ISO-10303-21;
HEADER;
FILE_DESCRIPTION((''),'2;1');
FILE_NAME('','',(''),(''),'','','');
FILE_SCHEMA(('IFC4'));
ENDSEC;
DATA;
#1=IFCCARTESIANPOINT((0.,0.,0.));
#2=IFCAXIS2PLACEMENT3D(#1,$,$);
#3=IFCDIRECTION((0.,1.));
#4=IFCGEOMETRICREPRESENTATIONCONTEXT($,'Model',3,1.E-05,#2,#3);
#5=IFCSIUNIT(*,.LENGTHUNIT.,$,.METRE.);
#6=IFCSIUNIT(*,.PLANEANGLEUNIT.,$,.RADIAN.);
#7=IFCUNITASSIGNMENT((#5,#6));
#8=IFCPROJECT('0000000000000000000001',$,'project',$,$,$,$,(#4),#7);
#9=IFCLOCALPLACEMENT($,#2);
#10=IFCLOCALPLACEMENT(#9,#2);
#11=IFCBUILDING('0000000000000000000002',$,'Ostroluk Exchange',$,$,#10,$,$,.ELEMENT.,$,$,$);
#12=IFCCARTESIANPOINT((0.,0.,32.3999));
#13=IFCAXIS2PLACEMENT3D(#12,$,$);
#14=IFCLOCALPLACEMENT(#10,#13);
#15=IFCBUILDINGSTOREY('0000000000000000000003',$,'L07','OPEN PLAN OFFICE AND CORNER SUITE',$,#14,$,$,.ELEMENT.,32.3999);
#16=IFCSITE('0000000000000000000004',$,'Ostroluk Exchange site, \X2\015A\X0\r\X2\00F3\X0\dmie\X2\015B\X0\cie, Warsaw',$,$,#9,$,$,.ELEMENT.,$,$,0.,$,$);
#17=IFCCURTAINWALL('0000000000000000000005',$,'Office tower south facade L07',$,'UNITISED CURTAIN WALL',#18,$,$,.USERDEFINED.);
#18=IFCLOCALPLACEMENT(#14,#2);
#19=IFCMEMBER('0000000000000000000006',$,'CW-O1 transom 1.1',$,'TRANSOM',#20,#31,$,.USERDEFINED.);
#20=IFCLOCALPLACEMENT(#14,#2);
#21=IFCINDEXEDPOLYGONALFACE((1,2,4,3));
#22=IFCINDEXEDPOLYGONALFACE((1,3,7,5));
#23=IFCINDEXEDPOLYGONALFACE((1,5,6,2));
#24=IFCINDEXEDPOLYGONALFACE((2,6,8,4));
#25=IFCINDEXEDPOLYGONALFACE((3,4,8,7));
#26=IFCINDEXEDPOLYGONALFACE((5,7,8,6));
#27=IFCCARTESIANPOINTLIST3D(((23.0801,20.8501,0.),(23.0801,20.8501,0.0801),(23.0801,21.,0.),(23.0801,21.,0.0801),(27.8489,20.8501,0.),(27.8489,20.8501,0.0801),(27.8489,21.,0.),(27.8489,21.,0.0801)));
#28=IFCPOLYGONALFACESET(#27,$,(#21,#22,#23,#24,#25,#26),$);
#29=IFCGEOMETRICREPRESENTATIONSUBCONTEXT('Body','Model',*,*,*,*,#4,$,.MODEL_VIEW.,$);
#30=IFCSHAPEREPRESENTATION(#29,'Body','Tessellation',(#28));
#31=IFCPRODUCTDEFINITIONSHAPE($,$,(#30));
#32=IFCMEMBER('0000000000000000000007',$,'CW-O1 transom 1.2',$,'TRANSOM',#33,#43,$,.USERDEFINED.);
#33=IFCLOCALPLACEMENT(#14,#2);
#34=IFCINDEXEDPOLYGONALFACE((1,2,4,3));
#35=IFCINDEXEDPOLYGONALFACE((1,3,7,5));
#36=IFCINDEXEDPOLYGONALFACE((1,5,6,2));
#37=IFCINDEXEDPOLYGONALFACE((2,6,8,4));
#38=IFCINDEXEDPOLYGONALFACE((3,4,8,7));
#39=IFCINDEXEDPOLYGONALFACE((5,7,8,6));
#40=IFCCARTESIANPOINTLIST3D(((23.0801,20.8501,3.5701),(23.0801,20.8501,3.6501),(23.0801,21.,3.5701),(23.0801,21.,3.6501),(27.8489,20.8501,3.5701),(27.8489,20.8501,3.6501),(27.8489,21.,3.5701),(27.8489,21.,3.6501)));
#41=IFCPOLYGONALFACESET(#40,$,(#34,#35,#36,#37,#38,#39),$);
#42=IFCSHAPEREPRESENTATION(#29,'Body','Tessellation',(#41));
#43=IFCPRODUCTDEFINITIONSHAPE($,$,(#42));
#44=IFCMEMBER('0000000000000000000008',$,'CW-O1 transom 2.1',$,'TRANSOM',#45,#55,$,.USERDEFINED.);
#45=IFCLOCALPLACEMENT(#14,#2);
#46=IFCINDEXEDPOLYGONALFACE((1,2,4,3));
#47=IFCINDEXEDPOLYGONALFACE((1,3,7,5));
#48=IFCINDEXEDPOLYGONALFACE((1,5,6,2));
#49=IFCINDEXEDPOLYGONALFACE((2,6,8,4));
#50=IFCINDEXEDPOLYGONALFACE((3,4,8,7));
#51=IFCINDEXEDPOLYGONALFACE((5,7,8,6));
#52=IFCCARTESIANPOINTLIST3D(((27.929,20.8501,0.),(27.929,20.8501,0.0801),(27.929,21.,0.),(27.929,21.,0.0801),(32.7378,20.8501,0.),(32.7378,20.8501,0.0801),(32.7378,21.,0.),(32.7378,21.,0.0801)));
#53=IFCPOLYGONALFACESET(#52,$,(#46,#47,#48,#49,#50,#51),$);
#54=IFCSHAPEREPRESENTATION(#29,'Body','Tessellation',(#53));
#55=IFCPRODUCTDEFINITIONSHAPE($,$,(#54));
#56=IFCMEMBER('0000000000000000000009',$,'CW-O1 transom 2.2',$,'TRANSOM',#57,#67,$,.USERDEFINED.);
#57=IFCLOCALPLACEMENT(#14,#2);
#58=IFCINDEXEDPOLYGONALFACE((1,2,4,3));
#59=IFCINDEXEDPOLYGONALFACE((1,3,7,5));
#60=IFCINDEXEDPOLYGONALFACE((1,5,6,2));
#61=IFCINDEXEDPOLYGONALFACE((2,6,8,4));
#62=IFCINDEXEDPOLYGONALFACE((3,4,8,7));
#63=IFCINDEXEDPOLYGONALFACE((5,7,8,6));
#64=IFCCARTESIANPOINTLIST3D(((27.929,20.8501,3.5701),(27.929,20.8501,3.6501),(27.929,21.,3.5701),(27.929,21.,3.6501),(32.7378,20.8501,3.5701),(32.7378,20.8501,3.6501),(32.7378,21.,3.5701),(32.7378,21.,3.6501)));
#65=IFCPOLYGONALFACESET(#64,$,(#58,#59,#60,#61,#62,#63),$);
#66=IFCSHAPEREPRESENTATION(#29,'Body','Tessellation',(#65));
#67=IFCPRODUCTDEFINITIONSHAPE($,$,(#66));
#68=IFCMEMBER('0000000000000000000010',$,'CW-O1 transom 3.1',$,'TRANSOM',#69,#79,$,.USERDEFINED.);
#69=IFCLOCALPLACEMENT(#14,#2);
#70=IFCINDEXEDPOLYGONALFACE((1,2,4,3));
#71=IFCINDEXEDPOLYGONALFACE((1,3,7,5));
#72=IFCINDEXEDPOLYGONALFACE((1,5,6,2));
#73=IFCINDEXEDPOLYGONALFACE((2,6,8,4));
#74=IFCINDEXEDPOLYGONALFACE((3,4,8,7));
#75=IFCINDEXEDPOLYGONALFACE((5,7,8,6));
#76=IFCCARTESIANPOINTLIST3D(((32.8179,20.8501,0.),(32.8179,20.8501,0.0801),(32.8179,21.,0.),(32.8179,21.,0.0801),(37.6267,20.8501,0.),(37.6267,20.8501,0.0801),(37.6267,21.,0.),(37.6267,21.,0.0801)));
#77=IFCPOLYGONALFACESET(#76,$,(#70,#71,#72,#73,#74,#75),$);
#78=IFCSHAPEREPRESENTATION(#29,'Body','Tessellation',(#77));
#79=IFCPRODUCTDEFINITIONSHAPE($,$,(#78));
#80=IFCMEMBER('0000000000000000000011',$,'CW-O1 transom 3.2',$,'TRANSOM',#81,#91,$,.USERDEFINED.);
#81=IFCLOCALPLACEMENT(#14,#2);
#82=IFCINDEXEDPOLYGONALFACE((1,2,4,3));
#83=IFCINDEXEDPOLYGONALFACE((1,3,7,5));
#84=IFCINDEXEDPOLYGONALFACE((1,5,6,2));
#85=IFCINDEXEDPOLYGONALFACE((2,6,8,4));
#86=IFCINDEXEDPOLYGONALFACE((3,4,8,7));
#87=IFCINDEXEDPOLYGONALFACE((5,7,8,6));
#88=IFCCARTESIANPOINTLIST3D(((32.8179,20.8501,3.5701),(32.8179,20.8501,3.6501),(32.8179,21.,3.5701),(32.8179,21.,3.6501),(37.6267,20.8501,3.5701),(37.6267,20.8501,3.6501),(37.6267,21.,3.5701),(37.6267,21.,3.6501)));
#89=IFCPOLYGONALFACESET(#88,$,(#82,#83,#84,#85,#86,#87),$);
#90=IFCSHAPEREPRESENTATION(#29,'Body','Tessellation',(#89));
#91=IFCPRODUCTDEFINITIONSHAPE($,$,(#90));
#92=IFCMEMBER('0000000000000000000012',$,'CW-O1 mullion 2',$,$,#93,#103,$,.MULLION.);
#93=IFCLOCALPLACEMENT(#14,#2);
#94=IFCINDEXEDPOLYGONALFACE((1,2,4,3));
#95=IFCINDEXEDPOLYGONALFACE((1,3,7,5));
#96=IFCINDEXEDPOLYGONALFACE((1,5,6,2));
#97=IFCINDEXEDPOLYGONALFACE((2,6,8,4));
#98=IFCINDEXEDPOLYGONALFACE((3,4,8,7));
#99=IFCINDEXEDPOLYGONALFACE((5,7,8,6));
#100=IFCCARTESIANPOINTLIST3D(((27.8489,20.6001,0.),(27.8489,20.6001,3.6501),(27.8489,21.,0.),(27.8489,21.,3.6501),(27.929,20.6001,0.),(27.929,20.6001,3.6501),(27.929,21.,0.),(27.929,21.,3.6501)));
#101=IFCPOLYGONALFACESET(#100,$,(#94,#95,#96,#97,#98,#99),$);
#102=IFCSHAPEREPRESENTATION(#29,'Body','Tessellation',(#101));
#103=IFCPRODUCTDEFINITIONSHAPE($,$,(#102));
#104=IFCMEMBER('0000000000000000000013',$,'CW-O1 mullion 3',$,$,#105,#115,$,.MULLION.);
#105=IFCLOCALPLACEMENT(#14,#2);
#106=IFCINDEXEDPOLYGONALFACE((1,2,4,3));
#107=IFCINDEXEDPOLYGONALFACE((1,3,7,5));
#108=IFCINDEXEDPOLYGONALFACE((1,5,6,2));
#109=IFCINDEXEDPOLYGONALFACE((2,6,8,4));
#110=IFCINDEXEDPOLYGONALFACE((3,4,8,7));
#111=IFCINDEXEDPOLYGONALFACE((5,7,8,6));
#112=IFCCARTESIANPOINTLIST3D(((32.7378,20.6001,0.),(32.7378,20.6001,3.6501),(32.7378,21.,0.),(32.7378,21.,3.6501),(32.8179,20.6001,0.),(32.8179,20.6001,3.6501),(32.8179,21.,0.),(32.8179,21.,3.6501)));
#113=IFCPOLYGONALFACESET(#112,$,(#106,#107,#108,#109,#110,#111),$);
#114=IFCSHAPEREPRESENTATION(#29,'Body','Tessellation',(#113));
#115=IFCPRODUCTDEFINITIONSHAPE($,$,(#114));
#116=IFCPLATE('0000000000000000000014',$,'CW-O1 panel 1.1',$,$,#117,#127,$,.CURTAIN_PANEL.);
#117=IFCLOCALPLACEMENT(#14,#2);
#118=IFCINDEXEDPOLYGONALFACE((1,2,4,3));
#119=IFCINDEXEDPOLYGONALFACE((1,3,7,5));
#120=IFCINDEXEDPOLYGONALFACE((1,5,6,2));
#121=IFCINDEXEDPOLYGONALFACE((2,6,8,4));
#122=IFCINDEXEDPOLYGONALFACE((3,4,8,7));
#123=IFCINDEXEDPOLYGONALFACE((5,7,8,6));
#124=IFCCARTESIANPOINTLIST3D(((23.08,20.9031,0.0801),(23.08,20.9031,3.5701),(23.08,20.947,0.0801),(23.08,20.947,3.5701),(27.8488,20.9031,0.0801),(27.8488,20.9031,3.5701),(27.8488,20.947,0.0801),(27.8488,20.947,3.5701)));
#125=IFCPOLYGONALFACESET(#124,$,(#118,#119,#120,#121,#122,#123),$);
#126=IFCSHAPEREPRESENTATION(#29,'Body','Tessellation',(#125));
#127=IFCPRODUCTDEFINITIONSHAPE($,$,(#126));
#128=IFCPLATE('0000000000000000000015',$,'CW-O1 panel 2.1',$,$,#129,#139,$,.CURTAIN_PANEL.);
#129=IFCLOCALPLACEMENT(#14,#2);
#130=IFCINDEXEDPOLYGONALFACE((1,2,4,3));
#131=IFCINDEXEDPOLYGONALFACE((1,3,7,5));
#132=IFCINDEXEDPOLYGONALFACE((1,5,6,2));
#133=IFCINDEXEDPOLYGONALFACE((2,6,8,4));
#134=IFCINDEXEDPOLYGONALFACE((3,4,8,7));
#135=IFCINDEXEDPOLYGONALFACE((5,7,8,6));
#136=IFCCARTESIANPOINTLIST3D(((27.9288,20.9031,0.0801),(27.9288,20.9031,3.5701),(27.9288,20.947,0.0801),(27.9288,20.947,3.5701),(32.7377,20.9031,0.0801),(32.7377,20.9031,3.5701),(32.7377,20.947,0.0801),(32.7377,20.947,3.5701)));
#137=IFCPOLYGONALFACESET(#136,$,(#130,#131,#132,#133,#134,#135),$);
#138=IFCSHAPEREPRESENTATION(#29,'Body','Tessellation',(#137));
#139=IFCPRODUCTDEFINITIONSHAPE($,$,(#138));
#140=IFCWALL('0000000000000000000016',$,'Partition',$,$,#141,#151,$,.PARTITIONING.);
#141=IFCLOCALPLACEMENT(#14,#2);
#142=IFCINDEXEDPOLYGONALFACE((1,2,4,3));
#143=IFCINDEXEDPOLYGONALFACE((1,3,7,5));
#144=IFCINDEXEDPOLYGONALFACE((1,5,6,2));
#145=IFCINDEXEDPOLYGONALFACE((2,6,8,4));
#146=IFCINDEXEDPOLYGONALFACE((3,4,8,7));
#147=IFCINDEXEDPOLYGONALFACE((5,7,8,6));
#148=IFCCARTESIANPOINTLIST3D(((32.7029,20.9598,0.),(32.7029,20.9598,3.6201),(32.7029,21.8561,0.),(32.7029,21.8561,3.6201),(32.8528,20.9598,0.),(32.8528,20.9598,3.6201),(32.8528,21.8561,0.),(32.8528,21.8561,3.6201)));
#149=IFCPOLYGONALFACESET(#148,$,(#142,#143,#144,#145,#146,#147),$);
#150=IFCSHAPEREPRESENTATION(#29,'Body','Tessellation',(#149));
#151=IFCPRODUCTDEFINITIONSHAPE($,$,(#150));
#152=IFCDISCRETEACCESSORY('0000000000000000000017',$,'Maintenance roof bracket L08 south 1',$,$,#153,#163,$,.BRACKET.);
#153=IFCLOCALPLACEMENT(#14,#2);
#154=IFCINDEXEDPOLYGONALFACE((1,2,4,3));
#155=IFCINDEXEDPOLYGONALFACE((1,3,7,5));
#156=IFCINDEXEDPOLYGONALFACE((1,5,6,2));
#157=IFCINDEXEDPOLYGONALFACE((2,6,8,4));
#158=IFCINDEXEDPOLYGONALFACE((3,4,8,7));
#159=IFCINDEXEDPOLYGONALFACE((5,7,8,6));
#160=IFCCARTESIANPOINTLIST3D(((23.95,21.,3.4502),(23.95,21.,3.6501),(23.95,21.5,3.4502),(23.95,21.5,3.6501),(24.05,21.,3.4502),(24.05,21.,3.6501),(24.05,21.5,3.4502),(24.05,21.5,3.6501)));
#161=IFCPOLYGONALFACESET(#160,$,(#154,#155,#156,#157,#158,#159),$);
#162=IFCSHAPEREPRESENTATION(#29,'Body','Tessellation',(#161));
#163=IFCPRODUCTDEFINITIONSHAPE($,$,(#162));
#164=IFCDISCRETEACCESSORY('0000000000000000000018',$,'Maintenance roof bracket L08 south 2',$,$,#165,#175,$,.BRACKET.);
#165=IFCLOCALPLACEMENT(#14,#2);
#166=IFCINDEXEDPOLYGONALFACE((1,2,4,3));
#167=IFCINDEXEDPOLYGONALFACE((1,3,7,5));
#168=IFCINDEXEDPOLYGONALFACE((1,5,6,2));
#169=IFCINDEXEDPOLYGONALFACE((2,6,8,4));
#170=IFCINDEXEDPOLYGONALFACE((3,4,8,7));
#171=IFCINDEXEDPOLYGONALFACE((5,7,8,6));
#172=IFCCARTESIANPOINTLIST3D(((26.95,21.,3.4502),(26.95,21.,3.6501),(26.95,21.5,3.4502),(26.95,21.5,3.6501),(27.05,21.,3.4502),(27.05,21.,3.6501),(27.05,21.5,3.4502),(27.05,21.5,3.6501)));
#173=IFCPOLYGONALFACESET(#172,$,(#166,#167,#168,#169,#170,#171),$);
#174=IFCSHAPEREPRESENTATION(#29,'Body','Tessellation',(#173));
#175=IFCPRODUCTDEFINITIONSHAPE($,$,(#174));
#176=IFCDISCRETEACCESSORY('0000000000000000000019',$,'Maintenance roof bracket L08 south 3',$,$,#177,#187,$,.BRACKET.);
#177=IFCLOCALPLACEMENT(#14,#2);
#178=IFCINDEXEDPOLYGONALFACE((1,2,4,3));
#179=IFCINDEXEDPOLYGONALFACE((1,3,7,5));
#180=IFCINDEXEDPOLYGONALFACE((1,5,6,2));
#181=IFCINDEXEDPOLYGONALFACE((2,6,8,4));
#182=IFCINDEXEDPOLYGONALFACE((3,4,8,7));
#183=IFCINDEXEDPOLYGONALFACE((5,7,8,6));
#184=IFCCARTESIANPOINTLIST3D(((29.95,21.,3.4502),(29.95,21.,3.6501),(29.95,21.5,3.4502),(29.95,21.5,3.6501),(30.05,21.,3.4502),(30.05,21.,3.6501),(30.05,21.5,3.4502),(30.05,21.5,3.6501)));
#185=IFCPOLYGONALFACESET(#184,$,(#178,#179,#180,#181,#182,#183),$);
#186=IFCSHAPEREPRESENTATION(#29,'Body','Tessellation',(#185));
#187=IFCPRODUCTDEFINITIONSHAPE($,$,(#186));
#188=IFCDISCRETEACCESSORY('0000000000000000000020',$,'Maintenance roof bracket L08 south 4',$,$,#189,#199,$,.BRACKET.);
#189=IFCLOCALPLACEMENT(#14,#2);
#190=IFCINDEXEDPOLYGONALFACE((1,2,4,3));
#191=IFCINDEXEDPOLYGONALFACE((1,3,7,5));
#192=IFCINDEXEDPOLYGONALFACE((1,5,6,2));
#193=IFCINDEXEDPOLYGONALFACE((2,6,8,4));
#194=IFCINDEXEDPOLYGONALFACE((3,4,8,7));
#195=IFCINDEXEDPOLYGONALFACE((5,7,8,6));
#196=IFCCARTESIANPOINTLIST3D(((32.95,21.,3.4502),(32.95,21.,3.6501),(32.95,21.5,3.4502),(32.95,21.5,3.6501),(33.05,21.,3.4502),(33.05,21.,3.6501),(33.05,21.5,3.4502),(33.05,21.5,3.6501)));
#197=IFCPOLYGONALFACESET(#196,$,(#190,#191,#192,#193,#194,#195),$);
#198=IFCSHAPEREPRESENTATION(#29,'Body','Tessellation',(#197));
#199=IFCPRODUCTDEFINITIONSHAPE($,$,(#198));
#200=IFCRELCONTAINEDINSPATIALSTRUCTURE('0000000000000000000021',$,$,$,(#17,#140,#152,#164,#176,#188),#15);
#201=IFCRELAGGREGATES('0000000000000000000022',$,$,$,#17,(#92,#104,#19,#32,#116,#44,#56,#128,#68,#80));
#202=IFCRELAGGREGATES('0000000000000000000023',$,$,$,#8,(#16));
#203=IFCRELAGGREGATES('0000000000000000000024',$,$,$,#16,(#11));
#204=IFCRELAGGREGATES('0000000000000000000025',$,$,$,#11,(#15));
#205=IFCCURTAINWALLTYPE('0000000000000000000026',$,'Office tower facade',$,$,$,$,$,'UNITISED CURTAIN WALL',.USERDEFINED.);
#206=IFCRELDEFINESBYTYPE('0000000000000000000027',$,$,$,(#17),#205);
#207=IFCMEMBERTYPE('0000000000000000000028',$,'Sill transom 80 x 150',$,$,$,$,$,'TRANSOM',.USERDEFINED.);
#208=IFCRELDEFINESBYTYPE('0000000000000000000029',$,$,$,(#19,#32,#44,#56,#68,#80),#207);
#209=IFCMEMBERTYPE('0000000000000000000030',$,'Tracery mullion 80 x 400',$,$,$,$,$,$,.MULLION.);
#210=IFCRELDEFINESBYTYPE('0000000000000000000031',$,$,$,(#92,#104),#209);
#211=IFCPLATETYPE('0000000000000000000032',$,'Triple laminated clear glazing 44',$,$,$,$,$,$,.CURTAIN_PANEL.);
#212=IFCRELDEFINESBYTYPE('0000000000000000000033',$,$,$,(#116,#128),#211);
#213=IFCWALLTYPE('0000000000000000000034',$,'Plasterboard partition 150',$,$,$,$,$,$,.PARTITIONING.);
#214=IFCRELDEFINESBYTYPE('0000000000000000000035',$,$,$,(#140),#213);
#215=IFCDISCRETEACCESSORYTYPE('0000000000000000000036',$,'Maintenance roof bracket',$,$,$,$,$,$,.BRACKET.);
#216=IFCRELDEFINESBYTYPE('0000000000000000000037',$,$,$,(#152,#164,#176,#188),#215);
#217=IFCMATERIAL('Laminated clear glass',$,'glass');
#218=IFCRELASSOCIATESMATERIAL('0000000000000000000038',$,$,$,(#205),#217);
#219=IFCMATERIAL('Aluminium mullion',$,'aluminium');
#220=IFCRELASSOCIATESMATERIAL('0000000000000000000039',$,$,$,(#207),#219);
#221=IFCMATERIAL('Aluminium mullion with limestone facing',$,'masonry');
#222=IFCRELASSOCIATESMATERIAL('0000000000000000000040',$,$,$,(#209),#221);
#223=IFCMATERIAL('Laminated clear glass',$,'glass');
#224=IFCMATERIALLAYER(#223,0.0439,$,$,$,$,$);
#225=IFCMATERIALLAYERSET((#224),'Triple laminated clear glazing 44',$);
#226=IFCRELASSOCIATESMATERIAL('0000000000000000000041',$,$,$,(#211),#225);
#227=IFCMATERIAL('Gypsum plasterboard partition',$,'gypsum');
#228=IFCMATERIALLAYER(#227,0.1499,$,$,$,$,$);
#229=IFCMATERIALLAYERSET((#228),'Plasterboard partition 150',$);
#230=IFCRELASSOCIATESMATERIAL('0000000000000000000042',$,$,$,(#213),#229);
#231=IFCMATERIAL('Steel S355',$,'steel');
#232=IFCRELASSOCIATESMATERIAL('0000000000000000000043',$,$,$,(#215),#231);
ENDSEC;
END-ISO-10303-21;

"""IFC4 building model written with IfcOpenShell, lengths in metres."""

from ifc_helpers import new_model, si_unit, direction, frame, frame_2d, origin, origin_2d, place, context, subcontext, project, spatial, rectangle, extrude, material, layer, layer_set, material_profile, profile_set, type_object, element, aggregate, save


model = new_model("IFC4")

# Units and contexts
model_context = context("Model", 3, precision=1e-05, world=origin(), true_north=direction((0.0, 1.0)))
body_context = subcontext(model_context, "Body", "Model", "MODEL_VIEW")
ifc_project = project(units=[si_unit("LENGTHUNIT", "METRE"), si_unit("PLANEANGLEUNIT", "RADIAN")], contexts=[model_context])

# Site, building, storey
site_placement = place(None, origin())
site = spatial("IfcSite", under=ifc_project, at=site_placement, Name="Ostroluk Exchange site, Śródmieście, Warsaw", CompositionType="ELEMENT", RefElevation=0.0)
building_placement = place(site_placement, origin())
building = spatial("IfcBuilding", under=site, at=building_placement, Name="Ostroluk Exchange", CompositionType="ELEMENT")
storey_placement = place(building_placement, frame((0.0, 0.0, 32.3999)))
storey = spatial("IfcBuildingStorey", under=building, at=storey_placement, Name="L07", Description="OPEN PLAN OFFICE AND CORNER SUITE", CompositionType="ELEMENT", Elevation=32.3999)

# Curtain wall, members, plates
ifc_material_1 = material(Name="Laminated clear glass", Category="glass")
curtain_wall_type = type_object("IfcCurtainWallType", Name="Office tower facade", ElementType="UNITISED CURTAIN WALL", PredefinedType="USERDEFINED", material=ifc_material_1)
curtain_wall_placement = place(storey_placement, origin())
curtain_wall = element("IfcCurtainWall", 1, at=curtain_wall_placement, inside=storey, type_object=curtain_wall_type, Name="Office tower south facade L07", ObjectType="UNITISED CURTAIN WALL", PredefinedType="USERDEFINED")
ifc_material_2 = material(Name="Aluminium mullion", Category="aluminium")
ifc_material_profile_1 = material_profile(ifc_material_2, rectangle(XDim=0.1499, YDim=0.0801, at=origin_2d()), Name="Sill transom 80 x 150")
ifc_profile_set_1 = profile_set([ifc_material_profile_1], Name="Aluminium mullion")
member_type_1 = type_object("IfcMemberType", Name="Sill transom 80 x 150", ElementType="TRANSOM", PredefinedType="USERDEFINED", material=ifc_profile_set_1)
member_1_placement = place(storey_placement, frame((23.0801, 20.925, 0.04), z_axis=(1.0, 0.0, 0.0), x_axis=(0.0, 1.0, 0.0)))
member_1 = element("IfcMember", 2, at=member_1_placement, type_object=member_type_1, Name="CW-O1 transom 1.1", ObjectType="TRANSOM", PredefinedType="USERDEFINED", context=body_context, shape_type="SweptSolid", body=[
    extrude(rectangle(XDim=0.1499, YDim=0.0801, at=origin_2d()), origin(), (0.0, 0.0, 1.0), 4.7688),
])
member_2_placement = place(storey_placement, frame((23.0801, 20.925, 3.6101), z_axis=(1.0, 0.0, 0.0), x_axis=(0.0, 1.0, 0.0)))
member_2 = element("IfcMember", 3, at=member_2_placement, type_object=member_type_1, Name="CW-O1 transom 1.2", ObjectType="TRANSOM", PredefinedType="USERDEFINED", context=body_context, shape_type="SweptSolid", body=[
    extrude(rectangle(XDim=0.1499, YDim=0.0801, at=origin_2d()), origin(), (0.0, 0.0, 1.0), 4.7688),
])
member_3_placement = place(storey_placement, frame((27.929, 20.925, 0.04), z_axis=(1.0, 0.0, 0.0), x_axis=(0.0, 1.0, 0.0)))
member_3 = element("IfcMember", 4, at=member_3_placement, type_object=member_type_1, Name="CW-O1 transom 2.1", ObjectType="TRANSOM", PredefinedType="USERDEFINED", context=body_context, shape_type="SweptSolid", body=[
    extrude(rectangle(XDim=0.1499, YDim=0.0801, at=origin_2d()), origin(), (0.0, 0.0, 1.0), 4.8088),
])
member_4_placement = place(storey_placement, frame((27.929, 20.925, 3.6101), z_axis=(1.0, 0.0, 0.0), x_axis=(0.0, 1.0, 0.0)))
member_4 = element("IfcMember", 5, at=member_4_placement, type_object=member_type_1, Name="CW-O1 transom 2.2", ObjectType="TRANSOM", PredefinedType="USERDEFINED", context=body_context, shape_type="SweptSolid", body=[
    extrude(rectangle(XDim=0.1499, YDim=0.0801, at=origin_2d()), origin(), (0.0, 0.0, 1.0), 4.8088),
])
member_5_placement = place(storey_placement, frame((32.8179, 20.925, 0.04), z_axis=(1.0, 0.0, 0.0), x_axis=(0.0, 1.0, 0.0)))
member_5 = element("IfcMember", 6, at=member_5_placement, type_object=member_type_1, Name="CW-O1 transom 3.1", ObjectType="TRANSOM", PredefinedType="USERDEFINED", context=body_context, shape_type="SweptSolid", body=[
    extrude(rectangle(XDim=0.1499, YDim=0.0801, at=origin_2d()), origin(), (0.0, 0.0, 1.0), 4.8088),
])
member_6_placement = place(storey_placement, frame((32.8179, 20.925, 3.6101), z_axis=(1.0, 0.0, 0.0), x_axis=(0.0, 1.0, 0.0)))
member_6 = element("IfcMember", 7, at=member_6_placement, type_object=member_type_1, Name="CW-O1 transom 3.2", ObjectType="TRANSOM", PredefinedType="USERDEFINED", context=body_context, shape_type="SweptSolid", body=[
    extrude(rectangle(XDim=0.1499, YDim=0.0801, at=origin_2d()), origin(), (0.0, 0.0, 1.0), 4.8088),
])
ifc_material_3 = material(Name="Aluminium mullion with limestone facing", Category="masonry")
ifc_material_profile_2 = material_profile(ifc_material_3, rectangle(XDim=0.3999, YDim=0.0801, at=origin_2d()), Name="Tracery mullion 80 x 400")
ifc_profile_set_2 = profile_set([ifc_material_profile_2], Name="Aluminium mullion with limestone facing")
member_type_2 = type_object("IfcMemberType", Name="Tracery mullion 80 x 400", PredefinedType="MULLION", material=ifc_profile_set_2)
member_7_placement = place(storey_placement, frame((27.8889, 20.8, 0.0), z_axis=(0.0, 0.0, 1.0), x_axis=(0.0, 1.0, 0.0)))
member_7 = element("IfcMember", 8, at=member_7_placement, type_object=member_type_2, Name="CW-O1 mullion 2", PredefinedType="MULLION", context=body_context, shape_type="SweptSolid", body=[
    extrude(rectangle(XDim=0.3999, YDim=0.0801, at=origin_2d()), origin(), (0.0, 0.0, 1.0), 3.6501),
])
member_8_placement = place(storey_placement, frame((32.7778, 20.8, 0.0), z_axis=(0.0, 0.0, 1.0), x_axis=(0.0, 1.0, 0.0)))
member_8 = element("IfcMember", 9, at=member_8_placement, type_object=member_type_2, Name="CW-O1 mullion 3", PredefinedType="MULLION", context=body_context, shape_type="SweptSolid", body=[
    extrude(rectangle(XDim=0.3999, YDim=0.0801, at=origin_2d()), origin(), (0.0, 0.0, 1.0), 3.6501),
])
ifc_material_4 = material(Name="Laminated clear glass", Category="glass")
ifc_layer_1 = layer(ifc_material_4, 0.0439)
ifc_layer_set_1 = layer_set([ifc_layer_1], Name="Triple laminated clear glazing 44")
plate_type = type_object("IfcPlateType", Name="Triple laminated clear glazing 44", PredefinedType="CURTAIN_PANEL", material=ifc_layer_set_1)
plate_1_placement = place(storey_placement, frame((25.4644, 20.925, 0.0801), z_axis=(0.0, 0.0, 1.0), x_axis=(1.0, 0.0, 0.0)))
plate_1 = element("IfcPlate", 10, at=plate_1_placement, type_object=plate_type, Name="CW-O1 panel 1.1", PredefinedType="CURTAIN_PANEL", context=body_context, shape_type="SweptSolid", body=[
    extrude(rectangle(XDim=4.7688, YDim=0.0439, at=origin_2d()), origin(), (0.0, 0.0, 1.0), 3.49),
])
plate_2_placement = place(storey_placement, frame((30.3333, 20.925, 0.0801), z_axis=(0.0, 0.0, 1.0), x_axis=(1.0, 0.0, 0.0)))
plate_2 = element("IfcPlate", 11, at=plate_2_placement, type_object=plate_type, Name="CW-O1 panel 2.1", PredefinedType="CURTAIN_PANEL", context=body_context, shape_type="SweptSolid", body=[
    extrude(rectangle(XDim=4.8088, YDim=0.0439, at=origin_2d()), origin(), (0.0, 0.0, 1.0), 3.49),
])
aggregate(curtain_wall, [member_7, member_8, member_1, member_2, plate_1, member_3, member_4, plate_2, member_5, member_6])

# Wall
ifc_material_5 = material(Name="Gypsum plasterboard partition", Category="gypsum")
ifc_layer_2 = layer(ifc_material_5, 0.1499)
ifc_layer_set_2 = layer_set([ifc_layer_2], Name="Plasterboard partition 150")
wall_type_1 = type_object("IfcWallType", Name="Plasterboard partition 150", PredefinedType="PARTITIONING", material=ifc_layer_set_2)
wall_1_placement = place(storey_placement, frame((32.7778, 21.8562, 0.0), z_axis=(0.0, 0.0, 1.0), x_axis=(0.0, -1.0, 0.0)))
element("IfcWall", 12, at=wall_1_placement, inside=storey, type_object=wall_type_1, Name="Partition", PredefinedType="PARTITIONING", context=body_context, shape_type="SweptSolid", body=[
    extrude(rectangle(XDim=0.8962, YDim=0.1499, at=frame_2d((0.4482, 0.0))), origin(), (0.0, 0.0, 1.0), 3.6201),
])

# Discrete accessories
ifc_material_6 = material(Name="Steel S355", Category="steel")
discrete_accessory_type = type_object("IfcDiscreteAccessoryType", Name="Maintenance roof bracket", PredefinedType="BRACKET", material=ifc_material_6)
for number, where, z_axis, x_axis, name in (
    (13, (24.0, 21.25, 3.4502), (0.0, 0.0, 1.0), (1.0, 0.0, 0.0), "Maintenance roof bracket L08 south 1"),
    (14, (27.0, 21.25, 3.4502), (0.0, 0.0, 1.0), (1.0, 0.0, 0.0), "Maintenance roof bracket L08 south 2"),
    (15, (30.0, 21.25, 3.4502), (0.0, 0.0, 1.0), (1.0, 0.0, 0.0), "Maintenance roof bracket L08 south 3"),
    (16, (33.0, 21.25, 3.4502), (0.0, 0.0, 1.0), (1.0, 0.0, 0.0), "Maintenance roof bracket L08 south 4"),
):
    element("IfcDiscreteAccessory", number, at=place(storey_placement, frame(where, z_axis=z_axis, x_axis=x_axis)), inside=storey, type_object=discrete_accessory_type, Name=name, PredefinedType="BRACKET", context=body_context, shape_type="SweptSolid", body=[
        extrude(rectangle(XDim=0.1001, YDim=0.5, at=origin_2d()), origin(), (0.0, 0.0, 1.0), 0.2),
    ])

save(model, "model.ifc")
